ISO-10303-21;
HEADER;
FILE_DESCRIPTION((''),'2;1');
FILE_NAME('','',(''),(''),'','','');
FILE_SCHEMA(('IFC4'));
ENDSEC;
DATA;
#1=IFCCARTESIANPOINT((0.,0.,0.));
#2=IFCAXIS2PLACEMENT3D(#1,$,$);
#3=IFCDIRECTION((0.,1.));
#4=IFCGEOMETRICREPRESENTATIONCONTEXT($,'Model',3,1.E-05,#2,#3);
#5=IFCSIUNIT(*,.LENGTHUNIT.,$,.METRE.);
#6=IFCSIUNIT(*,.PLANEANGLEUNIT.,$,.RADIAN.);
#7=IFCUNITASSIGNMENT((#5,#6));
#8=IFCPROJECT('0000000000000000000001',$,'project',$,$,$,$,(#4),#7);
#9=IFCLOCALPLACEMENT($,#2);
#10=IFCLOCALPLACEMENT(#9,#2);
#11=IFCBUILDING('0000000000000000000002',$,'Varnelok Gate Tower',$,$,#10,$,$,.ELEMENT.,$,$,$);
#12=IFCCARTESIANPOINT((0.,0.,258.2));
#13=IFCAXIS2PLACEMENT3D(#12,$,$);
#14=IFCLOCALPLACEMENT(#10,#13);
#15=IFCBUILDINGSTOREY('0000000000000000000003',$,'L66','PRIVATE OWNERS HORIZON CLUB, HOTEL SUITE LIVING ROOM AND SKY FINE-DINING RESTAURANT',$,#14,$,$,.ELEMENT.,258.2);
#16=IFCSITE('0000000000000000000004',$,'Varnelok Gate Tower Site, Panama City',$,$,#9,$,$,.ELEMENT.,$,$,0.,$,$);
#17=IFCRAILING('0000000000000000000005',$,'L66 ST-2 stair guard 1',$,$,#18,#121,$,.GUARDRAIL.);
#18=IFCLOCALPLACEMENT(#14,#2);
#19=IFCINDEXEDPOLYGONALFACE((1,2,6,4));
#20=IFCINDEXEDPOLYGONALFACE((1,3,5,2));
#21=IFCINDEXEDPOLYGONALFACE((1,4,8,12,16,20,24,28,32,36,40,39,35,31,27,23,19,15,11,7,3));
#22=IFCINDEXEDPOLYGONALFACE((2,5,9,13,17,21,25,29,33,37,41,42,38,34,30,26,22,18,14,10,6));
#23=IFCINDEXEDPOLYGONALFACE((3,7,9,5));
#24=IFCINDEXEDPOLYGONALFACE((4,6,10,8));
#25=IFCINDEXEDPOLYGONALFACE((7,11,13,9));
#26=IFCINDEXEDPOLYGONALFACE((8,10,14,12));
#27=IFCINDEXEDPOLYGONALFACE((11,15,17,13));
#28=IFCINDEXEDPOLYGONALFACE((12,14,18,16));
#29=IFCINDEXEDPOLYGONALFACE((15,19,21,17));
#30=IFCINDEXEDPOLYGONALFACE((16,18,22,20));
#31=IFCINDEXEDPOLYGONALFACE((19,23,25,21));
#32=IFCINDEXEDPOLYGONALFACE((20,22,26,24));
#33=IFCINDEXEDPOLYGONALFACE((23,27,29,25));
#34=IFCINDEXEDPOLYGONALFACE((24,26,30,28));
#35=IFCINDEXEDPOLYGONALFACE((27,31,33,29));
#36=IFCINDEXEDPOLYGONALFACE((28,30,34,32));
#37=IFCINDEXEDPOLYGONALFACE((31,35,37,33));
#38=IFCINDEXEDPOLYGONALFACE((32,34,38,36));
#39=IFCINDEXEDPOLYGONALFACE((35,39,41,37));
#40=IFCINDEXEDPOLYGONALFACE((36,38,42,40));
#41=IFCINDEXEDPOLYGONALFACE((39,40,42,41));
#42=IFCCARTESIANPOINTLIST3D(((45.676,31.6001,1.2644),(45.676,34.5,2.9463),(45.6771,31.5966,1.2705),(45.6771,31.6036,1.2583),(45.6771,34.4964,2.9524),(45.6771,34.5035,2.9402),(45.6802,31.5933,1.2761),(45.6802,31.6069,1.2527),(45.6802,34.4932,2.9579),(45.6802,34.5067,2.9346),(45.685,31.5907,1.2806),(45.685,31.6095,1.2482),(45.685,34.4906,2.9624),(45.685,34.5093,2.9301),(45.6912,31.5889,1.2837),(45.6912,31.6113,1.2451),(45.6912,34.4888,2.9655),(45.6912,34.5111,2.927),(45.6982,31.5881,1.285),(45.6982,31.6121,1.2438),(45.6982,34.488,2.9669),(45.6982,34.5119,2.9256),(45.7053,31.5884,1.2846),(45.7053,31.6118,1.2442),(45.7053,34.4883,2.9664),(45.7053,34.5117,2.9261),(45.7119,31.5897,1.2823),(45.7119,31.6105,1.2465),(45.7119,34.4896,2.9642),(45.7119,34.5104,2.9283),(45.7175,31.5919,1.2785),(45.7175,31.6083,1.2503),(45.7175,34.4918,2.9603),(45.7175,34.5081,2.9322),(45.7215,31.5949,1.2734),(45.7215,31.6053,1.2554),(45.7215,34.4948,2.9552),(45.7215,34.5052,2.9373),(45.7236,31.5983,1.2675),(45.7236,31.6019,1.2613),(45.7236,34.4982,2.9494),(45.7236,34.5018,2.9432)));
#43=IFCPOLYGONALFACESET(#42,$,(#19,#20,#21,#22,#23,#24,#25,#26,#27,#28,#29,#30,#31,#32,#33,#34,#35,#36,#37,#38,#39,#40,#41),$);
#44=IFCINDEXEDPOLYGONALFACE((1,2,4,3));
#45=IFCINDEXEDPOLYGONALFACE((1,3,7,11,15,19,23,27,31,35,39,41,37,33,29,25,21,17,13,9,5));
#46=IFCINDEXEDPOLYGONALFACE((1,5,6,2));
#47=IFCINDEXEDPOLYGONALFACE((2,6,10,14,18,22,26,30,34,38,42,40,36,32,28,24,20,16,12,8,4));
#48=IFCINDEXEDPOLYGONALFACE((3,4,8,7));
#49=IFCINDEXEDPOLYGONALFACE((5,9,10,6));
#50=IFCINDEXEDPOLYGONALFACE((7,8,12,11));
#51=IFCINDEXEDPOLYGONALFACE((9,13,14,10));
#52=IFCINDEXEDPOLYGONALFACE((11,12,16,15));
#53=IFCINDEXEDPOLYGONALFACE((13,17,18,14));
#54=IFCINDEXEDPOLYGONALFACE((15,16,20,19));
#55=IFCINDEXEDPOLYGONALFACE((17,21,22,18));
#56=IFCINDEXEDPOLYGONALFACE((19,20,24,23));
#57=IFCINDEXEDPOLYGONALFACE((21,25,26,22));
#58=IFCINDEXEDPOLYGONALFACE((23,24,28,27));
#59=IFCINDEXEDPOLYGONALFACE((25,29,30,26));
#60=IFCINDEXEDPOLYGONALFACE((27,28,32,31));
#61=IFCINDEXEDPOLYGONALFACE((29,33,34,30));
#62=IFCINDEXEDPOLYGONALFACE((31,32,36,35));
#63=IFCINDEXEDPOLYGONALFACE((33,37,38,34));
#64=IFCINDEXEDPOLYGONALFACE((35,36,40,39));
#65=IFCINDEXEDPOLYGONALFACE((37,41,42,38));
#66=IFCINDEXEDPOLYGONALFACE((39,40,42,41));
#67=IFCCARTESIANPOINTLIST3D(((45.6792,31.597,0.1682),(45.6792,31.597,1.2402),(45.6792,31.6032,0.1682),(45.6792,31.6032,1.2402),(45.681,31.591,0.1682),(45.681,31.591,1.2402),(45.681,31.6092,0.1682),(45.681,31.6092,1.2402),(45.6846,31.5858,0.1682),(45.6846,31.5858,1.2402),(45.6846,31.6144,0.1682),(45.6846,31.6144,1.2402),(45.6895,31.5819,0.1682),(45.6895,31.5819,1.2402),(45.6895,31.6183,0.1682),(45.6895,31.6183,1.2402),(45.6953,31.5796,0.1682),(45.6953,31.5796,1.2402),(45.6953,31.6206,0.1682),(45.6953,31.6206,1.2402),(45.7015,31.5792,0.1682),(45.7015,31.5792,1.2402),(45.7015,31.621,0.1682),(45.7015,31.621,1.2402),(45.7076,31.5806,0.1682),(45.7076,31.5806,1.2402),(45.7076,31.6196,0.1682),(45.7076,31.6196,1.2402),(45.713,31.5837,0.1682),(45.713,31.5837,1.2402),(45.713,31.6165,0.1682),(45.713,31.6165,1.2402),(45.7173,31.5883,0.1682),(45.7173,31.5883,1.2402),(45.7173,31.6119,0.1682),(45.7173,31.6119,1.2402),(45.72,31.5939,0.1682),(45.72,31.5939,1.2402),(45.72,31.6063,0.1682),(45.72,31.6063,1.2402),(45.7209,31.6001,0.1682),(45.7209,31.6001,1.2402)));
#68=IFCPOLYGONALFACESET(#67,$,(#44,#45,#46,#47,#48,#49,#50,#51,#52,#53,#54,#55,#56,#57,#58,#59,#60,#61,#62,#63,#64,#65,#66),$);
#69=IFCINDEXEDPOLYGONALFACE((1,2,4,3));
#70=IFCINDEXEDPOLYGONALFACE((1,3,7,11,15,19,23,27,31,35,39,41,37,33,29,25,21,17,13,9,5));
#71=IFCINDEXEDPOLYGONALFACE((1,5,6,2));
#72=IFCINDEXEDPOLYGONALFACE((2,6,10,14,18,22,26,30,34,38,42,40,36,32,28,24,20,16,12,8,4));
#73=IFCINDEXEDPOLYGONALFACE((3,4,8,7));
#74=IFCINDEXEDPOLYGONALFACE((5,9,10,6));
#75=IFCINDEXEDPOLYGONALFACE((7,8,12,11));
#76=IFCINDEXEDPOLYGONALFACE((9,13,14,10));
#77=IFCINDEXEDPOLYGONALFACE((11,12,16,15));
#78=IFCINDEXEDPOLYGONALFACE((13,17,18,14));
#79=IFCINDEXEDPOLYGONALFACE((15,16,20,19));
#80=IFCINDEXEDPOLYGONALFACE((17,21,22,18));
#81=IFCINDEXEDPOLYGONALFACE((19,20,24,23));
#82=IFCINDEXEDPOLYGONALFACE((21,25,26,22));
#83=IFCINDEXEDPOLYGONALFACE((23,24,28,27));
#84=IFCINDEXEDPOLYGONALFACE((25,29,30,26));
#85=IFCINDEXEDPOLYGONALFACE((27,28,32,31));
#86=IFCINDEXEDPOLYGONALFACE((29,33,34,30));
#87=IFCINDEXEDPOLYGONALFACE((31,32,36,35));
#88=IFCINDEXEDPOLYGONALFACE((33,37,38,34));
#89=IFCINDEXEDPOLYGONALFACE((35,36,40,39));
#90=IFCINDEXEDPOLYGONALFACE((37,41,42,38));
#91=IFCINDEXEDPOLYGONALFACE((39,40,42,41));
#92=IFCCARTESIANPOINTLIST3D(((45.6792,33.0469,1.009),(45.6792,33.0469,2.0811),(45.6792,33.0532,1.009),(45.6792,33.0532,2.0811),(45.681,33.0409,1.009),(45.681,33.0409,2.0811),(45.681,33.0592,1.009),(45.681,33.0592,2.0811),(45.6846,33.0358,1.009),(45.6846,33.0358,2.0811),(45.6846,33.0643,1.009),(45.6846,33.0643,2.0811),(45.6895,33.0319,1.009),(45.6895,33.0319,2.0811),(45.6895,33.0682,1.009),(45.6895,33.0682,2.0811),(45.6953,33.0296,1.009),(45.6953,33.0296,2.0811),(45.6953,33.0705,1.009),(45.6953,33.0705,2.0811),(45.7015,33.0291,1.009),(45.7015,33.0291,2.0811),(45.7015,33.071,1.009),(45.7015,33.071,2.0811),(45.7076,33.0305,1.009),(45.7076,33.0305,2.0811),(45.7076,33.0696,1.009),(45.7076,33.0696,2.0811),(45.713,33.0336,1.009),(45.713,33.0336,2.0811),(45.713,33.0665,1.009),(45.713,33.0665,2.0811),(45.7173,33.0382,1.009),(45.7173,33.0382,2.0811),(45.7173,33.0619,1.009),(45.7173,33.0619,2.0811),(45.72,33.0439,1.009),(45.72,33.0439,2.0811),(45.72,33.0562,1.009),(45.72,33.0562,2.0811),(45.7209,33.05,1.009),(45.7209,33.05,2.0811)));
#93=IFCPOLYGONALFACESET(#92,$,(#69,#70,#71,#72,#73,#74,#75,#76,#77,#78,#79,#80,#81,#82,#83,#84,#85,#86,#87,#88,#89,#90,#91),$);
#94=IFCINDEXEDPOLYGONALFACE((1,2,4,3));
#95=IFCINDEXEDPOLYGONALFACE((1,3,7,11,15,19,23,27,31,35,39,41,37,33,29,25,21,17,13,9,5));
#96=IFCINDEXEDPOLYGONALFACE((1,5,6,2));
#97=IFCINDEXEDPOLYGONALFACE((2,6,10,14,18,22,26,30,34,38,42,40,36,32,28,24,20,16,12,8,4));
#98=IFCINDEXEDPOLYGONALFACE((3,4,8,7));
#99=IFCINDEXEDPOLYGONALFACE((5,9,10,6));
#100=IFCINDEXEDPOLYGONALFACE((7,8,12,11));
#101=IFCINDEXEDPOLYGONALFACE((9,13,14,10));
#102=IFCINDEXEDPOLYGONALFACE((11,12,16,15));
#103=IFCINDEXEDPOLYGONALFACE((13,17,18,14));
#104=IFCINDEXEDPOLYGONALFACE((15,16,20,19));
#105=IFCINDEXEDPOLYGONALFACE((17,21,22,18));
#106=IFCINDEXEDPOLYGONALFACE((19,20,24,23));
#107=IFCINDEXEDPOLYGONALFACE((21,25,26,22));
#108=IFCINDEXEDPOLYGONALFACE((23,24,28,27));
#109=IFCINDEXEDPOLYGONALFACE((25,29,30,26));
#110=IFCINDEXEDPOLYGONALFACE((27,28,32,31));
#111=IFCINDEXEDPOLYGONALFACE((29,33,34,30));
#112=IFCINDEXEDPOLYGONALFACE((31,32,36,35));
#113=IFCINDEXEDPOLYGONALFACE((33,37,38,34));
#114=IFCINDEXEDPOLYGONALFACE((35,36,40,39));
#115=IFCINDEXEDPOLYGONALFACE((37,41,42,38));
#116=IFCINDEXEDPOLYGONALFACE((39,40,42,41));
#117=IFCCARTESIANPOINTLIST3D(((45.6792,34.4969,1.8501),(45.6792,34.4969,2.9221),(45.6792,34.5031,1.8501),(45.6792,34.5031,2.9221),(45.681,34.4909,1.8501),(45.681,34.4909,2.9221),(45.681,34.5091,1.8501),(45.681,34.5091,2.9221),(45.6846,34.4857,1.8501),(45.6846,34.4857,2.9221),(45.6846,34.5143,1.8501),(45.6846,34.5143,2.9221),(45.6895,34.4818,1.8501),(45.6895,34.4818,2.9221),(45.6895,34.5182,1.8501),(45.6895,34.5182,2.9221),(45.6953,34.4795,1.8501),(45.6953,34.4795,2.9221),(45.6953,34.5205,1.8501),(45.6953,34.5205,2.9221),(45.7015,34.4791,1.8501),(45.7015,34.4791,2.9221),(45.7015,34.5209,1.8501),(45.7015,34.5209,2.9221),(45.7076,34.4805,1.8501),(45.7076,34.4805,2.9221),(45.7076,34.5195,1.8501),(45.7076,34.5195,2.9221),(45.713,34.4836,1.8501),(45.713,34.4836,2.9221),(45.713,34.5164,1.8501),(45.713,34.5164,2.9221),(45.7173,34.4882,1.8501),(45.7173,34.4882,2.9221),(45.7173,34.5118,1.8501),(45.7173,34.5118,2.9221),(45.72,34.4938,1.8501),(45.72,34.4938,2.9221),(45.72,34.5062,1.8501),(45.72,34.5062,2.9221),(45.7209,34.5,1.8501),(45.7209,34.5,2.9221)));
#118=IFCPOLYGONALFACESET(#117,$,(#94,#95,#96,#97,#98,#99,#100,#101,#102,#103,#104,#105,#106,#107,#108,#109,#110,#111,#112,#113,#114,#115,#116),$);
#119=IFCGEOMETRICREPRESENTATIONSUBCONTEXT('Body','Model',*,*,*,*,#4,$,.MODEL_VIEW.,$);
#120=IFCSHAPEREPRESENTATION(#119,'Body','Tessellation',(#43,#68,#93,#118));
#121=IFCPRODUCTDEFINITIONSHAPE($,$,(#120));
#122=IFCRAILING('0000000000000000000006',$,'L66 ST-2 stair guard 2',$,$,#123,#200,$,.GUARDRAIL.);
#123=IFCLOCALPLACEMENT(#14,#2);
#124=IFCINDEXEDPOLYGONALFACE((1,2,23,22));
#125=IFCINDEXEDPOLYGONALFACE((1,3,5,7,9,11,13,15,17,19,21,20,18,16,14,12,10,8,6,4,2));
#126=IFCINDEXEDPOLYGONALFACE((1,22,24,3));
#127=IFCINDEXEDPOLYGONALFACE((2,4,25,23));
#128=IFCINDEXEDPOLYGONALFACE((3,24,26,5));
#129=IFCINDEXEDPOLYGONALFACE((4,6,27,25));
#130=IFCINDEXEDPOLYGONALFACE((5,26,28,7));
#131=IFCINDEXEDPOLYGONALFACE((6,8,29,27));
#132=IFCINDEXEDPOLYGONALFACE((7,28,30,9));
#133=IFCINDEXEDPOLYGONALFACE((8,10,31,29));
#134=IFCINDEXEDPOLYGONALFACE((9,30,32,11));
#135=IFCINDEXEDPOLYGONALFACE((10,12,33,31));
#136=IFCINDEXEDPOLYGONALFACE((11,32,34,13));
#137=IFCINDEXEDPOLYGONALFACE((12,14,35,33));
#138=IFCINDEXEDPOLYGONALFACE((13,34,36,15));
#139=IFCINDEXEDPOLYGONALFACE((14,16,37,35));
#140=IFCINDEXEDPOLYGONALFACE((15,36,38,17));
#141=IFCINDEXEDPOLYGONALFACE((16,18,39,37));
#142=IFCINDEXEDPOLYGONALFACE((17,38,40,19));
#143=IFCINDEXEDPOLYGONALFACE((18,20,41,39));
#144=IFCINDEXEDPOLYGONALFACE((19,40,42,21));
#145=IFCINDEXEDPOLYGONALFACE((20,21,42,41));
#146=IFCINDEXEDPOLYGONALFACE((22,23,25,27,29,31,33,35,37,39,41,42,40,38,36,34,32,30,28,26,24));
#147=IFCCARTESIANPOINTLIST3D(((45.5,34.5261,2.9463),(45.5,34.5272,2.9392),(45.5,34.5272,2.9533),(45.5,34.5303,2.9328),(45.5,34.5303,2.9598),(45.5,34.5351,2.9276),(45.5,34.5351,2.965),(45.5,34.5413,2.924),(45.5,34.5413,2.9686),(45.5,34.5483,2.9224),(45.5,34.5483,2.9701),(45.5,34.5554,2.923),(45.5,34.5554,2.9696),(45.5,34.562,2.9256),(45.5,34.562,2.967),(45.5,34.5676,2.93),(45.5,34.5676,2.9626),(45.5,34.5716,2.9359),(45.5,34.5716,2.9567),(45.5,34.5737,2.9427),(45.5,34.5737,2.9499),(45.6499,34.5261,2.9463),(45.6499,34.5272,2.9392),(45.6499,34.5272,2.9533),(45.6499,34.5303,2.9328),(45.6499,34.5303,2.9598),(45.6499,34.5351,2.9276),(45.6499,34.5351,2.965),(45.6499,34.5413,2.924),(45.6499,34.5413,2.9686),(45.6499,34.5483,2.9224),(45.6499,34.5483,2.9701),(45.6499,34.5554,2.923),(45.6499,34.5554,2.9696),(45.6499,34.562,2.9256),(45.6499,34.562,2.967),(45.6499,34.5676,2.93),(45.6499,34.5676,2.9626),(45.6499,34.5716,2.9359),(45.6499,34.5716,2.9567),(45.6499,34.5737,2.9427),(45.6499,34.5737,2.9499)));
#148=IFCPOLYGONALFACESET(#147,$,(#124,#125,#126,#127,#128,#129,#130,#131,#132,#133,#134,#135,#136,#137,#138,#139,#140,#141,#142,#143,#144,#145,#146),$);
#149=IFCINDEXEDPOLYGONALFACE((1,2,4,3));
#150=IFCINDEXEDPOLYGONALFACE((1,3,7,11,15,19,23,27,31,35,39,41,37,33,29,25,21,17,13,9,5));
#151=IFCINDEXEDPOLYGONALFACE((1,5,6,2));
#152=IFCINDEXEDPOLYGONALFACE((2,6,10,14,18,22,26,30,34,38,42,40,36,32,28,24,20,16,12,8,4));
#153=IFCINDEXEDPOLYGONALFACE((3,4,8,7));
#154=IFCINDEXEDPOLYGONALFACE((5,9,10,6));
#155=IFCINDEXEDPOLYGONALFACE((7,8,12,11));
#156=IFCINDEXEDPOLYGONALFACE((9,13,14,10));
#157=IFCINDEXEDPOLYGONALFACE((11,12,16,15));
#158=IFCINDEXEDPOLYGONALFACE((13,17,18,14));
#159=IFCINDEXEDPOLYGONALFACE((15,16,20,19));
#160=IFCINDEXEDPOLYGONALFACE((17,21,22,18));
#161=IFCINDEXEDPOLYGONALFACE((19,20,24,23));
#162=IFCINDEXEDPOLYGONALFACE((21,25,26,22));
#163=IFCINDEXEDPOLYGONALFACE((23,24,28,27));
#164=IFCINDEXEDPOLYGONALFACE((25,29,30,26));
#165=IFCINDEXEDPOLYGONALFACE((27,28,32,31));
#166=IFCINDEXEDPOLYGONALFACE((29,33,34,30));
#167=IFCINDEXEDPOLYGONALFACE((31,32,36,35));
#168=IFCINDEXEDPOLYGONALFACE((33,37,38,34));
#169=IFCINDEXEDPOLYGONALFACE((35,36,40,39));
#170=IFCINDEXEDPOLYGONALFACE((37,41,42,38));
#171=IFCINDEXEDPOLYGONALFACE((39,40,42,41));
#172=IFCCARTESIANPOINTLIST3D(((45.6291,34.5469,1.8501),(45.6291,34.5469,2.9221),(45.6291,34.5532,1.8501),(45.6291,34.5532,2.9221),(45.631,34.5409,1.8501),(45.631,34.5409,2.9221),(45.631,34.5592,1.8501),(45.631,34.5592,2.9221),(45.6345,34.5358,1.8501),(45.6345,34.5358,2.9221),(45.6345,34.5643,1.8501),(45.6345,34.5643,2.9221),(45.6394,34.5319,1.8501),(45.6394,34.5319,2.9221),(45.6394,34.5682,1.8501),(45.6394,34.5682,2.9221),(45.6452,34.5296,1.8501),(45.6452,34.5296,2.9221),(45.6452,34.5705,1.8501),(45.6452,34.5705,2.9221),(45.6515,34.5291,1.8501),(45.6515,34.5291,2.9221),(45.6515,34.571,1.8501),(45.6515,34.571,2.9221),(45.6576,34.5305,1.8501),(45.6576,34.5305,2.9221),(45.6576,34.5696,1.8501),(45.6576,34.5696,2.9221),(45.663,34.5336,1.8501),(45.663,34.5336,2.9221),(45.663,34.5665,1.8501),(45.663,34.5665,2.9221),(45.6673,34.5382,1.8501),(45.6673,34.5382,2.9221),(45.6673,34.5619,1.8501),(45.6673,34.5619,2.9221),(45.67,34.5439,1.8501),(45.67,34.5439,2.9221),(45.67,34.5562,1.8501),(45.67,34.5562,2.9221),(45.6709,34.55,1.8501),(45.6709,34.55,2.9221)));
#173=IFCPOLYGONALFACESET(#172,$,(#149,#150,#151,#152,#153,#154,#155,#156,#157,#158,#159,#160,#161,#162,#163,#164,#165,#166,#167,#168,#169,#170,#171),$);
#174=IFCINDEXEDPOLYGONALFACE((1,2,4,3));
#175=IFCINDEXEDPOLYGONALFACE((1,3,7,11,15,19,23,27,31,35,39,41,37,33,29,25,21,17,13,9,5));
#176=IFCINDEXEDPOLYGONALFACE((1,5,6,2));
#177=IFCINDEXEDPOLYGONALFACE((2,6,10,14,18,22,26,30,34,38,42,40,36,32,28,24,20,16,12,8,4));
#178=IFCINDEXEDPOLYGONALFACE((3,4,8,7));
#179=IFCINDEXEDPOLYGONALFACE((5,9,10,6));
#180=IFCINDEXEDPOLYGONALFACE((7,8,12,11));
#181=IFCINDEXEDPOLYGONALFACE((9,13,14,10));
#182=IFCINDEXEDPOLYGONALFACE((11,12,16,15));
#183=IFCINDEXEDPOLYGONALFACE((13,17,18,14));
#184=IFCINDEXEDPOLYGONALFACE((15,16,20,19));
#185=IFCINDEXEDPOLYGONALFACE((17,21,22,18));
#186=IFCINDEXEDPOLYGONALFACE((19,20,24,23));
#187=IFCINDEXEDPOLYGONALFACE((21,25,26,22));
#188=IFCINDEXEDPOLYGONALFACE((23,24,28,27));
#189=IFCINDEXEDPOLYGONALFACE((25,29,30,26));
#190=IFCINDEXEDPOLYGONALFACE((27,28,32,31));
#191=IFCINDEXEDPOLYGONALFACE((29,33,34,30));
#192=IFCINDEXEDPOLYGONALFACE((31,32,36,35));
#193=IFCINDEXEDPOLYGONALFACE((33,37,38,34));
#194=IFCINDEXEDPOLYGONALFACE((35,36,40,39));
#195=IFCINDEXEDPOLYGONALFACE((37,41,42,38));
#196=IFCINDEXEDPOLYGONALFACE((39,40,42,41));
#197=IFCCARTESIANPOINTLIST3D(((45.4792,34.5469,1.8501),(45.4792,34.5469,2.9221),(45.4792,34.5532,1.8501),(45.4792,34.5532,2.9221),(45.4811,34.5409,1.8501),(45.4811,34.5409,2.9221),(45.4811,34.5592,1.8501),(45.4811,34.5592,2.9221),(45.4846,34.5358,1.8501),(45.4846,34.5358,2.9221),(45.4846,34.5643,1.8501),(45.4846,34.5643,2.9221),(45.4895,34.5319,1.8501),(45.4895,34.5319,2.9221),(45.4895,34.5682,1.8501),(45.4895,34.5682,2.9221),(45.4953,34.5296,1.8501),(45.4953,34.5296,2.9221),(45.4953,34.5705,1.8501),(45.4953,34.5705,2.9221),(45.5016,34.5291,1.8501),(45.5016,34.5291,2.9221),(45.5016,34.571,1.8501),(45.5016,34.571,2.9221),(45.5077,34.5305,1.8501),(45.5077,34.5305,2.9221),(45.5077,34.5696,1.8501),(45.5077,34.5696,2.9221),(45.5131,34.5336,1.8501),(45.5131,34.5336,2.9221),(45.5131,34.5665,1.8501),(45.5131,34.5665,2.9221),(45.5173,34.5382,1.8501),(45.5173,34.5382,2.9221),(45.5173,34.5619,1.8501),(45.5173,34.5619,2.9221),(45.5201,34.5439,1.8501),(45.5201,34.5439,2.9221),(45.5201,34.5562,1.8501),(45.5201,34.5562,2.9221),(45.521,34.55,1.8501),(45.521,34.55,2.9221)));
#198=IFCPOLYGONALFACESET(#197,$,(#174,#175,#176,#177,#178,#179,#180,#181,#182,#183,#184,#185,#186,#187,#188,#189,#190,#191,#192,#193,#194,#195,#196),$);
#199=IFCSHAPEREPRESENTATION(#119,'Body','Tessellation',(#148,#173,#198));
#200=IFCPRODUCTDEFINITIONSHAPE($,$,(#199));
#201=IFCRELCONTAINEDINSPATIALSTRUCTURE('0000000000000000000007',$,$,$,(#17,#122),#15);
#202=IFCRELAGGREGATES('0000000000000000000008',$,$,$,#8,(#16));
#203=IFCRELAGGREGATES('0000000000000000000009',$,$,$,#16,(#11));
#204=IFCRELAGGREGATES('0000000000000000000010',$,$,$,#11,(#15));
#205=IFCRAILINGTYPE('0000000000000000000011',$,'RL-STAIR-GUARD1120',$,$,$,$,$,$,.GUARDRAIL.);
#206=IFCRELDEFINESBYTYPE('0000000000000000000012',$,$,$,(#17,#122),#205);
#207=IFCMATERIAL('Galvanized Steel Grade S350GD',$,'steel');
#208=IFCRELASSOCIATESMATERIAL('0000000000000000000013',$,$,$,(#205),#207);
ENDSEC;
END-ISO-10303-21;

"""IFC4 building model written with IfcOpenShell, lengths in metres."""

from ifc_helpers import new_model, si_unit, direction, frame, origin, origin_2d, place, context, subcontext, project, spatial, circle, extrude, material, type_object, element, save


model = new_model("IFC4")

# Units and contexts
model_context = context("Model", 3, precision=1e-05, world=origin(), true_north=direction((0.0, 1.0)))
body_context = subcontext(model_context, "Body", "Model", "MODEL_VIEW")
ifc_project = project(units=[si_unit("LENGTHUNIT", "METRE"), si_unit("PLANEANGLEUNIT", "RADIAN")], contexts=[model_context])

# Site, building, storey
site_placement = place(None, origin())
site = spatial("IfcSite", under=ifc_project, at=site_placement, Name="Varnelok Gate Tower Site, Panama City", CompositionType="ELEMENT", RefElevation=0.0)
building_placement = place(site_placement, origin())
building = spatial("IfcBuilding", under=site, at=building_placement, Name="Varnelok Gate Tower", CompositionType="ELEMENT")
storey_placement = place(building_placement, frame((0.0, 0.0, 258.2)))
storey = spatial("IfcBuildingStorey", under=building, at=storey_placement, Name="L66", Description="PRIVATE OWNERS HORIZON CLUB, HOTEL SUITE LIVING ROOM AND SKY FINE-DINING RESTAURANT", CompositionType="ELEMENT", Elevation=258.2)

# Shared definitions
ifc_material_1 = material(Name="Galvanized Steel Grade S350GD", Category="steel")

# Railings
railing_type_1 = type_object("IfcRailingType", Name="RL-STAIR-GUARD1120", PredefinedType="GUARDRAIL", material=ifc_material_1)
railing_1_placement = place(storey_placement, frame((45.7, 31.6001, 0.1682)))
element("IfcRailing", 1, at=railing_1_placement, inside=storey, type_object=railing_type_1, Name="L66 ST-2 stair guard 1", PredefinedType="GUARDRAIL", context=body_context, shape_type="SweptSolid", body=[
    extrude(circle(Radius=0.0239, at=origin_2d()), frame((0.0, 0.0, 1.0962), z_axis=(0.0, 0.865039, 0.501705), x_axis=(-1.0, 0.0, 0.0)), (0.0, 0.0, 1.0), 3.3523),
    extrude(circle(Radius=0.021, at=origin_2d()), origin(), (0.0, 0.0, 1.0), 1.072),
    extrude(circle(Radius=0.021, at=origin_2d()), frame((0.0, 1.45, 0.8408)), (0.0, 0.0, 1.0), 1.072),
    extrude(circle(Radius=0.021, at=origin_2d()), frame((0.0, 2.8999, 1.6819)), (0.0, 0.0, 1.0), 1.072),
])
railing_2_placement = place(storey_placement, frame((45.6499, 34.55, 1.8501)))
element("IfcRailing", 2, at=railing_2_placement, inside=storey, type_object=railing_type_1, Name="L66 ST-2 stair guard 2", PredefinedType="GUARDRAIL", context=body_context, shape_type="SweptSolid", body=[
    extrude(circle(Radius=0.0239, at=origin_2d()), frame((0.0, 0.0, 1.0962), z_axis=(-1.0, 0.0, 0.0), x_axis=(0.0, -1.0, 0.0)), (0.0, 0.0, 1.0), 0.1499),
    extrude(circle(Radius=0.021, at=origin_2d()), origin(), (0.0, 0.0, 1.0), 1.072),
    extrude(circle(Radius=0.021, at=origin_2d()), frame((-0.1499, 0.0, 0.0)), (0.0, 0.0, 1.0), 1.072),
])

save(model, "model.ifc")
